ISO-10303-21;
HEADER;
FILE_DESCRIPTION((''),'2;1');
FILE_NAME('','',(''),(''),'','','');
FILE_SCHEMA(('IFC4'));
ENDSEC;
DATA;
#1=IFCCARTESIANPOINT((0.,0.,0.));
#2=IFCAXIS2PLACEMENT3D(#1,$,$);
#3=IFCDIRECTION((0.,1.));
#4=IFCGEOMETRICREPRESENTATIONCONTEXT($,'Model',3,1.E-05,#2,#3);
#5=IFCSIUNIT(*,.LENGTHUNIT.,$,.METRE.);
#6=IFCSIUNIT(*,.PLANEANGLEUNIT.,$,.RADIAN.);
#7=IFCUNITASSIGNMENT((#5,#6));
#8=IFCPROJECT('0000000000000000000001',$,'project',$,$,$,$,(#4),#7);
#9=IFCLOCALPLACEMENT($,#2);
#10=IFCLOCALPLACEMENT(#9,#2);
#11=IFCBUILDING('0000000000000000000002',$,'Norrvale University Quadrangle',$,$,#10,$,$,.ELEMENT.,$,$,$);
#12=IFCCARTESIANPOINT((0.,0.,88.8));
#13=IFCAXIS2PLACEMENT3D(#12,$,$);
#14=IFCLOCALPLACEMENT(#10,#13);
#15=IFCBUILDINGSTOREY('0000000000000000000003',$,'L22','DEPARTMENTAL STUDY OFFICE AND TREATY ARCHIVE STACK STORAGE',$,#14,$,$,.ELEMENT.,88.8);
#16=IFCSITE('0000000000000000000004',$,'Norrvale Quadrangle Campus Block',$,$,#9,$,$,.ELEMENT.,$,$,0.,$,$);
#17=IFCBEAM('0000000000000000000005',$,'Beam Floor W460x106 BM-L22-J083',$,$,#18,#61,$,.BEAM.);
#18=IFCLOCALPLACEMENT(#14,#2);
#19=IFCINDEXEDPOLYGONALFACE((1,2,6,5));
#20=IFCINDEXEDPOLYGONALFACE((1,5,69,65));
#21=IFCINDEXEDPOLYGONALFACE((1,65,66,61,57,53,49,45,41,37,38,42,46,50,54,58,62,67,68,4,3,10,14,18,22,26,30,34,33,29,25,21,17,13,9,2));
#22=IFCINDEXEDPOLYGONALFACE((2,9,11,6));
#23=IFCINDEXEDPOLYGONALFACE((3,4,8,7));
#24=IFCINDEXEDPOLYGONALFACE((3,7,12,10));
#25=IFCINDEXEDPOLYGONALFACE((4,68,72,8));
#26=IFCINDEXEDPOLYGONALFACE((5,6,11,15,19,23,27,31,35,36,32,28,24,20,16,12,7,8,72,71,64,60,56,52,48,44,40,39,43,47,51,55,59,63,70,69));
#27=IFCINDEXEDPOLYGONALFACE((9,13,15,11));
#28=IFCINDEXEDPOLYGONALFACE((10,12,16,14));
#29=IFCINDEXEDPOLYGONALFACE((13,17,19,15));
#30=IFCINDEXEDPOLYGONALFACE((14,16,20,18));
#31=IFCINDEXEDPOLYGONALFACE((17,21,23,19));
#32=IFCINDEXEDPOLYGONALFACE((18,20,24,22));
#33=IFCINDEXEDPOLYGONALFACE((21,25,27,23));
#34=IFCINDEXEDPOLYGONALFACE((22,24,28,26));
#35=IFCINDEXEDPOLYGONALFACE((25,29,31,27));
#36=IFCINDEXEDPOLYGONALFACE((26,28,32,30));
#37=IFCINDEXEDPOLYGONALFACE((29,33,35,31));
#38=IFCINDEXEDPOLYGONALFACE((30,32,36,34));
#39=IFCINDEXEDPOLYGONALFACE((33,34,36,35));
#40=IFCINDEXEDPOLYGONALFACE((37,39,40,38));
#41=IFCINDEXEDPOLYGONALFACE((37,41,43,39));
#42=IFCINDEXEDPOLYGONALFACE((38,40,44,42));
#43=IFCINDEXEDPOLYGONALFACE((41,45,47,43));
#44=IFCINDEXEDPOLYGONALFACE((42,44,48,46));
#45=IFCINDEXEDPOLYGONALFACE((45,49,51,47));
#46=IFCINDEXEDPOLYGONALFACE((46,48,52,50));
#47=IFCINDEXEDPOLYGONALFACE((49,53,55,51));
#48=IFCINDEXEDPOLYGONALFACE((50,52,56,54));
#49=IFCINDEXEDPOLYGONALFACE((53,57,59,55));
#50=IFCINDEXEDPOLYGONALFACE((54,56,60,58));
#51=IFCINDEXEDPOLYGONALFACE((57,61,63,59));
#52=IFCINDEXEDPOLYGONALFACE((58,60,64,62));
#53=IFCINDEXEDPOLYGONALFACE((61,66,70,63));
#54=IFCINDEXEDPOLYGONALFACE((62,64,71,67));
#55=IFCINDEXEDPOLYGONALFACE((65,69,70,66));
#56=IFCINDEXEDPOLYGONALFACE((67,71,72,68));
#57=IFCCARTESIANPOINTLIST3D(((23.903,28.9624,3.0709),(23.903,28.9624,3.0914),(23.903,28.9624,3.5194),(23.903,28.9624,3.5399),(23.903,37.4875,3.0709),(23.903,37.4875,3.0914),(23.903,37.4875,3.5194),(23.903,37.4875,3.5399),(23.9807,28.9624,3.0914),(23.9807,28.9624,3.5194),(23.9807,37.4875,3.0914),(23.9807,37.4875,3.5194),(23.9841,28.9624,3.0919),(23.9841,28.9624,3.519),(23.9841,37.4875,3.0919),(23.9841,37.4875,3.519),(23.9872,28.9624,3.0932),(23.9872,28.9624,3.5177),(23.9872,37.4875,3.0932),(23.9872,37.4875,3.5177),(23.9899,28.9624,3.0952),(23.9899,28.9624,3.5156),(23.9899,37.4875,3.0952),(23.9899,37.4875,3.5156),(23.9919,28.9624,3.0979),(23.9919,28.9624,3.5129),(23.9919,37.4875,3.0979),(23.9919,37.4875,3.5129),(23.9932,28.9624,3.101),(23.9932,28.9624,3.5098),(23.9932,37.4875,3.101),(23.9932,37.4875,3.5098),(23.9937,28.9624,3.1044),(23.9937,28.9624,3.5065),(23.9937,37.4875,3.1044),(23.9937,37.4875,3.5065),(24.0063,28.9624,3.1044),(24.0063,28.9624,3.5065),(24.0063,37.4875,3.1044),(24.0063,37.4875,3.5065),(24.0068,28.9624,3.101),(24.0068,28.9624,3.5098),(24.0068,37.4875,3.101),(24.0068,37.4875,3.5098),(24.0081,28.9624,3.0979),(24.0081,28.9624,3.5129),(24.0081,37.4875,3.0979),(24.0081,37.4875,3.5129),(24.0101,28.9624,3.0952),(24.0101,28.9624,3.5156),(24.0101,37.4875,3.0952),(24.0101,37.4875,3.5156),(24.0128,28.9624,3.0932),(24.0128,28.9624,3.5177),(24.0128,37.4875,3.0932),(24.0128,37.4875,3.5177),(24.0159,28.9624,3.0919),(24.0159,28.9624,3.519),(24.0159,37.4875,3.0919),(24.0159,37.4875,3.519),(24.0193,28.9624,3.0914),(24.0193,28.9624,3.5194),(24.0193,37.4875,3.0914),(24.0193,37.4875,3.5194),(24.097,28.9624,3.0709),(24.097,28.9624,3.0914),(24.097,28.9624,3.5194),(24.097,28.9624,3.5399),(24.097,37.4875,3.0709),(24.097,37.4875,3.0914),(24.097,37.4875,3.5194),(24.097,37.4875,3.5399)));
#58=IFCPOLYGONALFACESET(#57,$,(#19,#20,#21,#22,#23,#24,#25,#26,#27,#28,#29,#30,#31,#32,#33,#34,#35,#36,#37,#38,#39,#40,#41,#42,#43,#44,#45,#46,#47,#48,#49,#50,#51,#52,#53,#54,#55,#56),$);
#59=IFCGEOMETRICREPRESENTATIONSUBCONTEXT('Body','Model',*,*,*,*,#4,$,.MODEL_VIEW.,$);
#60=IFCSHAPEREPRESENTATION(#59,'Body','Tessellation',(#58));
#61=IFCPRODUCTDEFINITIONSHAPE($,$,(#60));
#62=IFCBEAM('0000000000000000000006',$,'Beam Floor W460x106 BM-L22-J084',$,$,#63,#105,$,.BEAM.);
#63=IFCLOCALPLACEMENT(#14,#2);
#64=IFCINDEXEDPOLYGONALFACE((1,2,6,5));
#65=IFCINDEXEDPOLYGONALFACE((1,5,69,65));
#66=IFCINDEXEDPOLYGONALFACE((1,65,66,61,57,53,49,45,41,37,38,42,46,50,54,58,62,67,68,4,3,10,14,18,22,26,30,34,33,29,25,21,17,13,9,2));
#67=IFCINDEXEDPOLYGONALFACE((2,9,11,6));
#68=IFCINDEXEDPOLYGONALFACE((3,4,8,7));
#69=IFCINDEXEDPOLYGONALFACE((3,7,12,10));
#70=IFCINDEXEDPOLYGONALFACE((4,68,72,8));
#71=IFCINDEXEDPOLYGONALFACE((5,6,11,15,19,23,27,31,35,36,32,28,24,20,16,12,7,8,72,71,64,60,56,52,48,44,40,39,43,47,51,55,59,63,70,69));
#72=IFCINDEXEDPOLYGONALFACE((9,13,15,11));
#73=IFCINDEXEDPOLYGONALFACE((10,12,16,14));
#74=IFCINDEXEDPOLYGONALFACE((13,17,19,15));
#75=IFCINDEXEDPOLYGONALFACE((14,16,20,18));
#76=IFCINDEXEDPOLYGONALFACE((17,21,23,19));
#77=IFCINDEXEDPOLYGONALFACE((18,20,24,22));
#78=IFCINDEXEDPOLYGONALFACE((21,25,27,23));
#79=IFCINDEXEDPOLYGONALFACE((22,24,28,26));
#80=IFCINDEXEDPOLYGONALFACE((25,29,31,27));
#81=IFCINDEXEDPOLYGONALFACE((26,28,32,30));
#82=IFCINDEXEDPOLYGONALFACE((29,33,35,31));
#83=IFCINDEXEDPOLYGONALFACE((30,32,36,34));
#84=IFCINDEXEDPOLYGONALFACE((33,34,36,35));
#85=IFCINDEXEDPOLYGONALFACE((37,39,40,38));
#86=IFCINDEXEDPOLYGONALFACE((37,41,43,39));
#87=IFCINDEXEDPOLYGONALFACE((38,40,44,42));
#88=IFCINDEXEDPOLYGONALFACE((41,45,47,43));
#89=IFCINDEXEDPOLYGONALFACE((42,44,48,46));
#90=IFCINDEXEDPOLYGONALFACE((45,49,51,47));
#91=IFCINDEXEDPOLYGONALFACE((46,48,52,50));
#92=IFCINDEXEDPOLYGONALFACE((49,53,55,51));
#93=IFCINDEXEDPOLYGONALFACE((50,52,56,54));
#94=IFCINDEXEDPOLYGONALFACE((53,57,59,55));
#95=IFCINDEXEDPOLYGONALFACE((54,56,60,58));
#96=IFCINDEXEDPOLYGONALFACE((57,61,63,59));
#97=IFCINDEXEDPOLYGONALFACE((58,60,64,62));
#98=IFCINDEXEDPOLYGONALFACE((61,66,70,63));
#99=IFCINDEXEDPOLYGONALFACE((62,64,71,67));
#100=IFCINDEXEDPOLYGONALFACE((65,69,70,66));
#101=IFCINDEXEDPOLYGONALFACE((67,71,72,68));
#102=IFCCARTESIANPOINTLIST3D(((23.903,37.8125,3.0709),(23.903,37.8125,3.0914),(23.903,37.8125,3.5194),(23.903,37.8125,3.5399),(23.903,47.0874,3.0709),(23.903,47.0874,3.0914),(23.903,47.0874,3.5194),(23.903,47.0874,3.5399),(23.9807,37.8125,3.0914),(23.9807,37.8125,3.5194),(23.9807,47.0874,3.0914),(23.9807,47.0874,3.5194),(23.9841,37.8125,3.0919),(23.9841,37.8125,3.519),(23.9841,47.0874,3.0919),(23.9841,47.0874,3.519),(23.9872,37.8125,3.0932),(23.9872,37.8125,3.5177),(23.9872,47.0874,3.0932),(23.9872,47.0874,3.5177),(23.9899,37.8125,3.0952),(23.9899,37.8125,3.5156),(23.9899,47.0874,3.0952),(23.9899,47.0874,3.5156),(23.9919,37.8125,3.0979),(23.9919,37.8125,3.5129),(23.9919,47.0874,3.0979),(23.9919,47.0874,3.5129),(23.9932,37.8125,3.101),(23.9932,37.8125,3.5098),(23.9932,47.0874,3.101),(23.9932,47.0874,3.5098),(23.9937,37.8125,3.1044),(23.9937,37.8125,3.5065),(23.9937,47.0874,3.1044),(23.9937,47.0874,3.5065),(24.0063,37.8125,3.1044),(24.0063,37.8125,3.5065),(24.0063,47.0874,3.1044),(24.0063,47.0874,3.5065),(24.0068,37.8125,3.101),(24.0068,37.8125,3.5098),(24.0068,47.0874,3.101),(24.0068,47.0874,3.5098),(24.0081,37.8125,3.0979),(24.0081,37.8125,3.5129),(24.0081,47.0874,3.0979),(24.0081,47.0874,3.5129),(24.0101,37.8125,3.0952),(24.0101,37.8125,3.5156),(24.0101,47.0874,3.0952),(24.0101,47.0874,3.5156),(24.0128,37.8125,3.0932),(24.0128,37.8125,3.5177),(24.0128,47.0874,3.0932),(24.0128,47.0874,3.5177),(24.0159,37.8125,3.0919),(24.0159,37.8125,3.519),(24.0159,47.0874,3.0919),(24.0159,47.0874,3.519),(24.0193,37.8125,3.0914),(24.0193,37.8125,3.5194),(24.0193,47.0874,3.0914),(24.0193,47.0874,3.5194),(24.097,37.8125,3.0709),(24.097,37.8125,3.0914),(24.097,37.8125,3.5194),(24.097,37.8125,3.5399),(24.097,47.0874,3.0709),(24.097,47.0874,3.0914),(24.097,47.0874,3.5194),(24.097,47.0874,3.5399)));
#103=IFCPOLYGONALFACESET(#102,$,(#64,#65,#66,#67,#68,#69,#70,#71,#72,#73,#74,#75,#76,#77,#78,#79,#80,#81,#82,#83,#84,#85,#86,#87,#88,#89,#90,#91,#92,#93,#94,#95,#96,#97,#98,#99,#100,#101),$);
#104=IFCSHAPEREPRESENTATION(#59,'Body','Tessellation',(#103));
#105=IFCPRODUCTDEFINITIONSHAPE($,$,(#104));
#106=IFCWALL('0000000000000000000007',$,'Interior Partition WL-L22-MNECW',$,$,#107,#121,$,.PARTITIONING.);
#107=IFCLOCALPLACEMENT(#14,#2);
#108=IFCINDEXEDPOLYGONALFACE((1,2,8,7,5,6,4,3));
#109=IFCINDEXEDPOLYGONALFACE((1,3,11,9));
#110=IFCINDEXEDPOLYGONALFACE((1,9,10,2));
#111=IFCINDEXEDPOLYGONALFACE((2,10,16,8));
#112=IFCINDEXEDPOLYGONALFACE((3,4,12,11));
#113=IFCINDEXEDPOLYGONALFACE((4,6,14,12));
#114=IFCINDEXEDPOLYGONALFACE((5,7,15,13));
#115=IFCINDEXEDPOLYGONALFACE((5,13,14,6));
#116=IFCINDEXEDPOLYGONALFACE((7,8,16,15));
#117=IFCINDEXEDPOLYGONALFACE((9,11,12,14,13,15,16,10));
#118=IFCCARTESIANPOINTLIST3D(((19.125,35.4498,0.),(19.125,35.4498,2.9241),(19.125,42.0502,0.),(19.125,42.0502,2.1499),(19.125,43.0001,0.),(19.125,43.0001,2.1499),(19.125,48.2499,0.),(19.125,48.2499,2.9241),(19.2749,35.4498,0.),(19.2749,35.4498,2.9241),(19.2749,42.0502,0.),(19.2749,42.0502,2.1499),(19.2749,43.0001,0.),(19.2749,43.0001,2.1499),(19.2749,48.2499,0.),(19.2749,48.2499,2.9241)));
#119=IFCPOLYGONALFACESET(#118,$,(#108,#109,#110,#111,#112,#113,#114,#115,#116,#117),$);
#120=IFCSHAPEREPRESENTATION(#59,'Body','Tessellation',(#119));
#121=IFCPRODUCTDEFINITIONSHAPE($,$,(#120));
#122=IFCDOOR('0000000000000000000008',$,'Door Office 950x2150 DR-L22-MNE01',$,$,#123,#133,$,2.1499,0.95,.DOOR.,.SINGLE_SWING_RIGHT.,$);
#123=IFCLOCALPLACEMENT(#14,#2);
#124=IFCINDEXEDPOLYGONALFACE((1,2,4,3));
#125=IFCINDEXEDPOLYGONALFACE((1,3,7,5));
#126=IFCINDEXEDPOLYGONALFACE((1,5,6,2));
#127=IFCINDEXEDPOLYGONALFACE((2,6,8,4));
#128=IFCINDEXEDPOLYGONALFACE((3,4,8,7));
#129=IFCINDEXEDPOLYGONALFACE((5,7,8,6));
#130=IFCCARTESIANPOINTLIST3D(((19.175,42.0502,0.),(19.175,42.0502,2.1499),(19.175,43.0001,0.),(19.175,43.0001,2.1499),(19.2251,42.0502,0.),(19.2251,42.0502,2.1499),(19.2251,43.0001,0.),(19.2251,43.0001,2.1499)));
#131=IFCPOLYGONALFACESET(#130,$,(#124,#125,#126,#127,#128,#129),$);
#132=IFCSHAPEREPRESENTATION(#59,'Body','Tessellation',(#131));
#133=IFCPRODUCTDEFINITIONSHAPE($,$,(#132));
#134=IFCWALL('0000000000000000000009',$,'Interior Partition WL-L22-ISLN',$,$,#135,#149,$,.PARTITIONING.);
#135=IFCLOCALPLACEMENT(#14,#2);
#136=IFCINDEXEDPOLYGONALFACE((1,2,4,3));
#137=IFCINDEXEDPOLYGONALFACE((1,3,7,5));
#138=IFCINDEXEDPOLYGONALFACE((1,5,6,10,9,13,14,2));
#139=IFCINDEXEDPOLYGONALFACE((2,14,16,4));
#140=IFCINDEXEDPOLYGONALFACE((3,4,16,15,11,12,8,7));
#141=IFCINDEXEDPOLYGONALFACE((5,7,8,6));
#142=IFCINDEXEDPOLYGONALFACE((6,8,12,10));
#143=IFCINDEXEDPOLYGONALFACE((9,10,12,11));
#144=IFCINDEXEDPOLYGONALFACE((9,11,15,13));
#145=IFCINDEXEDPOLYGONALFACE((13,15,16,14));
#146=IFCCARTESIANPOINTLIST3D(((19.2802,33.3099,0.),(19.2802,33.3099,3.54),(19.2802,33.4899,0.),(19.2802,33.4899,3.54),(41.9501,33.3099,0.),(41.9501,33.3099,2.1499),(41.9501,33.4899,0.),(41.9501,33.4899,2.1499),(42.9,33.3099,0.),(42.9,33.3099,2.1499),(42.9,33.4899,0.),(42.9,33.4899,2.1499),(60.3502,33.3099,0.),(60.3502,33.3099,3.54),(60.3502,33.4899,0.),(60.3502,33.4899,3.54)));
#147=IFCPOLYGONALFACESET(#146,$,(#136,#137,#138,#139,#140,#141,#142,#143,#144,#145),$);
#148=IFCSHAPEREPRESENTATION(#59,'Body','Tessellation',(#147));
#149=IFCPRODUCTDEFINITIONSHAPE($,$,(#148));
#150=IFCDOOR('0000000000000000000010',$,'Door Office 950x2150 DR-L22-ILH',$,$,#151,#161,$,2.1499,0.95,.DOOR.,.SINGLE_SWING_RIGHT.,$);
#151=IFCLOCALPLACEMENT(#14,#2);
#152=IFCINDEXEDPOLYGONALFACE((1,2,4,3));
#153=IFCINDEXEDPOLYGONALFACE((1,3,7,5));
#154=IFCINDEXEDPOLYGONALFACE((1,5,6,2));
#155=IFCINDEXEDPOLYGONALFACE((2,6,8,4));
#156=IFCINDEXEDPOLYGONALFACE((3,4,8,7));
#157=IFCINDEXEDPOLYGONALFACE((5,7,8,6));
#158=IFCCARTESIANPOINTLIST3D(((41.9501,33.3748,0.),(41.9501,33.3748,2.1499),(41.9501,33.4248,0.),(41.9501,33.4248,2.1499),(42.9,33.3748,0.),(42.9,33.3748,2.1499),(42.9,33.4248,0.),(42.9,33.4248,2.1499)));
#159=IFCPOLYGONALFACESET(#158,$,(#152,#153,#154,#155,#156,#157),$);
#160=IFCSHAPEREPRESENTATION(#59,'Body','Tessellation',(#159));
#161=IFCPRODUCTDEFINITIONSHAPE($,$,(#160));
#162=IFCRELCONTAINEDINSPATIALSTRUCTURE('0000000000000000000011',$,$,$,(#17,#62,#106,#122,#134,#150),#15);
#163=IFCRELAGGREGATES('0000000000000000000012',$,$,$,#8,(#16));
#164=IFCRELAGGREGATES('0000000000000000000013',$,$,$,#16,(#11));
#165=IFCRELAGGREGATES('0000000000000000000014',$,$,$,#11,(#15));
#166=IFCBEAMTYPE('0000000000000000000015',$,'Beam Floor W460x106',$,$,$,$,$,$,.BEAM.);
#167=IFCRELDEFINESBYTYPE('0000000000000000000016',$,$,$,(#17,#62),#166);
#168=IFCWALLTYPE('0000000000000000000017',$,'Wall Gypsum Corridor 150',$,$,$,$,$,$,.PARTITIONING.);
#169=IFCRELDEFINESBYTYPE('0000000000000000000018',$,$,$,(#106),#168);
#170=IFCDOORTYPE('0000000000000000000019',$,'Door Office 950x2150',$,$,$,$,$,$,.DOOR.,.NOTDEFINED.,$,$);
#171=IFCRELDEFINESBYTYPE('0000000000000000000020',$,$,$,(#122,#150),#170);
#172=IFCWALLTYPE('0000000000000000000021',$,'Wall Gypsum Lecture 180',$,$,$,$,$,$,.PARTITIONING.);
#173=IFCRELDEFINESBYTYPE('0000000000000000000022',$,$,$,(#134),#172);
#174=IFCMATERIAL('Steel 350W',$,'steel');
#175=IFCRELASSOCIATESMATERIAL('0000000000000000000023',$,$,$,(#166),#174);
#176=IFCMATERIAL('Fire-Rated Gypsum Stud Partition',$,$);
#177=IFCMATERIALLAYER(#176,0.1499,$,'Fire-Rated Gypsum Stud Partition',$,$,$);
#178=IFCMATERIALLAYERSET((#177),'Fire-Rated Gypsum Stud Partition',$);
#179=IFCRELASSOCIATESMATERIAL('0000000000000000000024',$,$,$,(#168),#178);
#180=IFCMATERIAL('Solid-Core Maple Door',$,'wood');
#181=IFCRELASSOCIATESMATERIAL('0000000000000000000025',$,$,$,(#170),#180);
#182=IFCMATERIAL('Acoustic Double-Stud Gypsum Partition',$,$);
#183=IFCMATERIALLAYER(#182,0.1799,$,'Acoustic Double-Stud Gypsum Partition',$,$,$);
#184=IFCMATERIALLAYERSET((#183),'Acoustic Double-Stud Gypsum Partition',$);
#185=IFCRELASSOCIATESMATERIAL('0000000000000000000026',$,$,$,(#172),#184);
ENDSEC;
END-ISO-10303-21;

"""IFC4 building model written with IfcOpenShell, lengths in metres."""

from ifc_helpers import new_model, si_unit, direction, frame, frame_2d, origin, origin_2d, place, context, subcontext, project, spatial, rectangle, i_section, extrude, material, layer, layer_set, material_profile, profile_set, type_object, element, fill, save


model = new_model("IFC4")

# Units and contexts
model_context = context("Model", 3, precision=1e-05, world=origin(), true_north=direction((0.0, 1.0)))
body_context = subcontext(model_context, "Body", "Model", "MODEL_VIEW")
ifc_project = project(units=[si_unit("LENGTHUNIT", "METRE"), si_unit("PLANEANGLEUNIT", "RADIAN")], contexts=[model_context])

# Site, building, storey
site_placement = place(None, origin())
site = spatial("IfcSite", under=ifc_project, at=site_placement, Name="Norrvale Quadrangle Campus Block", CompositionType="ELEMENT", RefElevation=0.0)
building_placement = place(site_placement, origin())
building = spatial("IfcBuilding", under=site, at=building_placement, Name="Norrvale University Quadrangle", CompositionType="ELEMENT")
storey_placement = place(building_placement, frame((0.0, 0.0, 88.8)))
storey = spatial("IfcBuildingStorey", under=building, at=storey_placement, Name="L22", Description="DEPARTMENTAL STUDY OFFICE AND TREATY ARCHIVE STACK STORAGE", CompositionType="ELEMENT", Elevation=88.8)

# Beams
ifc_material_1 = material(Name="Steel 350W", Category="steel")
ifc_material_profile_1 = material_profile(ifc_material_1, i_section(OverallWidth=0.1941, OverallDepth=0.469, WebThickness=0.0127, FlangeThickness=0.0205, FilletRadius=0.0129, at=origin_2d()), Name="Steel 350W")
ifc_profile_set_1 = profile_set([ifc_material_profile_1], Name="Steel 350W")
beam_type_1 = type_object("IfcBeamType", Name="Beam Floor W460x106", PredefinedType="BEAM", material=ifc_profile_set_1)
beam_1_placement = place(storey_placement, frame((24.0, 28.9624, 3.3054), z_axis=(0.0, 1.0, 0.0), x_axis=(-1.0, 0.0, 0.0)))
element("IfcBeam", 1, at=beam_1_placement, inside=storey, type_object=beam_type_1, Name="Beam Floor W460x106 BM-L22-J083", PredefinedType="BEAM", context=body_context, shape_type="SweptSolid", body=[
    extrude(i_section(OverallWidth=0.1941, OverallDepth=0.469, WebThickness=0.0127, FlangeThickness=0.0205, FilletRadius=0.0129, at=origin_2d()), origin(), (0.0, 0.0, 1.0), 8.5251),
])
beam_2_placement = place(storey_placement, frame((24.0, 37.8125, 3.3054), z_axis=(0.0, 1.0, 0.0), x_axis=(-1.0, 0.0, 0.0)))
element("IfcBeam", 2, at=beam_2_placement, inside=storey, type_object=beam_type_1, Name="Beam Floor W460x106 BM-L22-J084", PredefinedType="BEAM", context=body_context, shape_type="SweptSolid", body=[
    extrude(i_section(OverallWidth=0.1941, OverallDepth=0.469, WebThickness=0.0127, FlangeThickness=0.0205, FilletRadius=0.0129, at=origin_2d()), origin(), (0.0, 0.0, 1.0), 9.2749),
])

# Walls, openings, doors
ifc_material_2 = material(Name="Fire-Rated Gypsum Stud Partition")
ifc_layer_1 = layer(ifc_material_2, 0.1499, Name="Fire-Rated Gypsum Stud Partition")
ifc_layer_set_1 = layer_set([ifc_layer_1], Name="Fire-Rated Gypsum Stud Partition")
wall_type_1 = type_object("IfcWallType", Name="Wall Gypsum Corridor 150", PredefinedType="PARTITIONING", material=ifc_layer_set_1)
wall_1_placement = place(storey_placement, frame((19.2, 35.45, 0.0), z_axis=(0.0, 0.0, 1.0), x_axis=(0.0, 1.0, 0.0)))
wall_1 = element("IfcWall", 3, at=wall_1_placement, inside=storey, type_object=wall_type_1, Name="Interior Partition WL-L22-MNECW", PredefinedType="PARTITIONING", context=body_context, shape_type="SweptSolid", body=[
    extrude(rectangle(XDim=12.8, YDim=0.1499, at=frame_2d((6.3999, 0.0))), origin(), (0.0, 0.0, 1.0), 2.9241),
])
opening_1_placement = place(wall_1_placement, frame((6.6001, 0.0, 0.0)))
opening_1 = element("IfcOpeningElement", 4, at=opening_1_placement, cuts=wall_1, PredefinedType="OPENING", context=body_context, shape_type="SweptSolid", body=[
    extrude(rectangle(XDim=0.95, YDim=2.1499, at=frame_2d((0.4751, 1.075))), frame((0.0, 0.0869, 0.0), z_axis=(0.0, -1.0, 0.0), x_axis=(1.0, 0.0, 0.0)), (0.0, 0.0, 1.0), 0.1738),
])
ifc_material_3 = material(Name="Solid-Core Maple Door", Category="wood")
door_type_1 = type_object("IfcDoorType", Name="Door Office 950x2150", OperationType="NOTDEFINED", PredefinedType="DOOR", material=ifc_material_3)
door_1_placement = place(opening_1_placement, origin())
door_1 = element("IfcDoor", 5, at=door_1_placement, inside=storey, type_object=door_type_1, Name="Door Office 950x2150 DR-L22-MNE01", OperationType="SINGLE_SWING_RIGHT", OverallHeight=2.1499, OverallWidth=0.95, PredefinedType="DOOR", context=body_context, shape_type="SweptSolid", body=[
    extrude(rectangle(XDim=0.95, YDim=2.1499, at=frame_2d((0.4751, 1.075))), frame((0.0, 0.0249, 0.0), z_axis=(0.0, -1.0, 0.0), x_axis=(1.0, 0.0, 0.0)), (0.0, 0.0, 1.0), 0.05),
])
fill(opening_1, door_1)
ifc_material_4 = material(Name="Acoustic Double-Stud Gypsum Partition")
ifc_layer_2 = layer(ifc_material_4, 0.1799, Name="Acoustic Double-Stud Gypsum Partition")
ifc_layer_set_2 = layer_set([ifc_layer_2], Name="Acoustic Double-Stud Gypsum Partition")
wall_type_2 = type_object("IfcWallType", Name="Wall Gypsum Lecture 180", PredefinedType="PARTITIONING", material=ifc_layer_set_2)
wall_2_placement = place(storey_placement, frame((19.28, 33.3999, 0.0), z_axis=(0.0, 0.0, 1.0), x_axis=(1.0, 0.0, 0.0)))
wall_2 = element("IfcWall", 6, at=wall_2_placement, inside=storey, type_object=wall_type_2, Name="Interior Partition WL-L22-ISLN", PredefinedType="PARTITIONING", context=body_context, shape_type="SweptSolid", body=[
    extrude(rectangle(XDim=41.0701, YDim=0.1799, at=frame_2d((20.5352, 0.0))), origin(), (0.0, 0.0, 1.0), 3.54),
])
opening_2_placement = place(wall_2_placement, frame((22.6699, 0.0, 0.0)))
opening_2 = element("IfcOpeningElement", 7, at=opening_2_placement, cuts=wall_2, PredefinedType="OPENING", context=body_context, shape_type="SweptSolid", body=[
    extrude(rectangle(XDim=0.95, YDim=2.1499, at=frame_2d((0.4751, 1.075))), frame((0.0, 0.1021, 0.0), z_axis=(0.0, -1.0, 0.0), x_axis=(1.0, 0.0, 0.0)), (0.0, 0.0, 1.0), 0.2039),
])
door_2_placement = place(opening_2_placement, origin())
door_2 = element("IfcDoor", 8, at=door_2_placement, inside=storey, type_object=door_type_1, Name="Door Office 950x2150 DR-L22-ILH", OperationType="SINGLE_SWING_RIGHT", OverallHeight=2.1499, OverallWidth=0.95, PredefinedType="DOOR", context=body_context, shape_type="SweptSolid", body=[
    extrude(rectangle(XDim=0.95, YDim=2.1499, at=frame_2d((0.4751, 1.075))), frame((0.0, 0.0249, 0.0), z_axis=(0.0, -1.0, 0.0), x_axis=(1.0, 0.0, 0.0)), (0.0, 0.0, 1.0), 0.05),
])
fill(opening_2, door_2)

save(model, "model.ifc")
